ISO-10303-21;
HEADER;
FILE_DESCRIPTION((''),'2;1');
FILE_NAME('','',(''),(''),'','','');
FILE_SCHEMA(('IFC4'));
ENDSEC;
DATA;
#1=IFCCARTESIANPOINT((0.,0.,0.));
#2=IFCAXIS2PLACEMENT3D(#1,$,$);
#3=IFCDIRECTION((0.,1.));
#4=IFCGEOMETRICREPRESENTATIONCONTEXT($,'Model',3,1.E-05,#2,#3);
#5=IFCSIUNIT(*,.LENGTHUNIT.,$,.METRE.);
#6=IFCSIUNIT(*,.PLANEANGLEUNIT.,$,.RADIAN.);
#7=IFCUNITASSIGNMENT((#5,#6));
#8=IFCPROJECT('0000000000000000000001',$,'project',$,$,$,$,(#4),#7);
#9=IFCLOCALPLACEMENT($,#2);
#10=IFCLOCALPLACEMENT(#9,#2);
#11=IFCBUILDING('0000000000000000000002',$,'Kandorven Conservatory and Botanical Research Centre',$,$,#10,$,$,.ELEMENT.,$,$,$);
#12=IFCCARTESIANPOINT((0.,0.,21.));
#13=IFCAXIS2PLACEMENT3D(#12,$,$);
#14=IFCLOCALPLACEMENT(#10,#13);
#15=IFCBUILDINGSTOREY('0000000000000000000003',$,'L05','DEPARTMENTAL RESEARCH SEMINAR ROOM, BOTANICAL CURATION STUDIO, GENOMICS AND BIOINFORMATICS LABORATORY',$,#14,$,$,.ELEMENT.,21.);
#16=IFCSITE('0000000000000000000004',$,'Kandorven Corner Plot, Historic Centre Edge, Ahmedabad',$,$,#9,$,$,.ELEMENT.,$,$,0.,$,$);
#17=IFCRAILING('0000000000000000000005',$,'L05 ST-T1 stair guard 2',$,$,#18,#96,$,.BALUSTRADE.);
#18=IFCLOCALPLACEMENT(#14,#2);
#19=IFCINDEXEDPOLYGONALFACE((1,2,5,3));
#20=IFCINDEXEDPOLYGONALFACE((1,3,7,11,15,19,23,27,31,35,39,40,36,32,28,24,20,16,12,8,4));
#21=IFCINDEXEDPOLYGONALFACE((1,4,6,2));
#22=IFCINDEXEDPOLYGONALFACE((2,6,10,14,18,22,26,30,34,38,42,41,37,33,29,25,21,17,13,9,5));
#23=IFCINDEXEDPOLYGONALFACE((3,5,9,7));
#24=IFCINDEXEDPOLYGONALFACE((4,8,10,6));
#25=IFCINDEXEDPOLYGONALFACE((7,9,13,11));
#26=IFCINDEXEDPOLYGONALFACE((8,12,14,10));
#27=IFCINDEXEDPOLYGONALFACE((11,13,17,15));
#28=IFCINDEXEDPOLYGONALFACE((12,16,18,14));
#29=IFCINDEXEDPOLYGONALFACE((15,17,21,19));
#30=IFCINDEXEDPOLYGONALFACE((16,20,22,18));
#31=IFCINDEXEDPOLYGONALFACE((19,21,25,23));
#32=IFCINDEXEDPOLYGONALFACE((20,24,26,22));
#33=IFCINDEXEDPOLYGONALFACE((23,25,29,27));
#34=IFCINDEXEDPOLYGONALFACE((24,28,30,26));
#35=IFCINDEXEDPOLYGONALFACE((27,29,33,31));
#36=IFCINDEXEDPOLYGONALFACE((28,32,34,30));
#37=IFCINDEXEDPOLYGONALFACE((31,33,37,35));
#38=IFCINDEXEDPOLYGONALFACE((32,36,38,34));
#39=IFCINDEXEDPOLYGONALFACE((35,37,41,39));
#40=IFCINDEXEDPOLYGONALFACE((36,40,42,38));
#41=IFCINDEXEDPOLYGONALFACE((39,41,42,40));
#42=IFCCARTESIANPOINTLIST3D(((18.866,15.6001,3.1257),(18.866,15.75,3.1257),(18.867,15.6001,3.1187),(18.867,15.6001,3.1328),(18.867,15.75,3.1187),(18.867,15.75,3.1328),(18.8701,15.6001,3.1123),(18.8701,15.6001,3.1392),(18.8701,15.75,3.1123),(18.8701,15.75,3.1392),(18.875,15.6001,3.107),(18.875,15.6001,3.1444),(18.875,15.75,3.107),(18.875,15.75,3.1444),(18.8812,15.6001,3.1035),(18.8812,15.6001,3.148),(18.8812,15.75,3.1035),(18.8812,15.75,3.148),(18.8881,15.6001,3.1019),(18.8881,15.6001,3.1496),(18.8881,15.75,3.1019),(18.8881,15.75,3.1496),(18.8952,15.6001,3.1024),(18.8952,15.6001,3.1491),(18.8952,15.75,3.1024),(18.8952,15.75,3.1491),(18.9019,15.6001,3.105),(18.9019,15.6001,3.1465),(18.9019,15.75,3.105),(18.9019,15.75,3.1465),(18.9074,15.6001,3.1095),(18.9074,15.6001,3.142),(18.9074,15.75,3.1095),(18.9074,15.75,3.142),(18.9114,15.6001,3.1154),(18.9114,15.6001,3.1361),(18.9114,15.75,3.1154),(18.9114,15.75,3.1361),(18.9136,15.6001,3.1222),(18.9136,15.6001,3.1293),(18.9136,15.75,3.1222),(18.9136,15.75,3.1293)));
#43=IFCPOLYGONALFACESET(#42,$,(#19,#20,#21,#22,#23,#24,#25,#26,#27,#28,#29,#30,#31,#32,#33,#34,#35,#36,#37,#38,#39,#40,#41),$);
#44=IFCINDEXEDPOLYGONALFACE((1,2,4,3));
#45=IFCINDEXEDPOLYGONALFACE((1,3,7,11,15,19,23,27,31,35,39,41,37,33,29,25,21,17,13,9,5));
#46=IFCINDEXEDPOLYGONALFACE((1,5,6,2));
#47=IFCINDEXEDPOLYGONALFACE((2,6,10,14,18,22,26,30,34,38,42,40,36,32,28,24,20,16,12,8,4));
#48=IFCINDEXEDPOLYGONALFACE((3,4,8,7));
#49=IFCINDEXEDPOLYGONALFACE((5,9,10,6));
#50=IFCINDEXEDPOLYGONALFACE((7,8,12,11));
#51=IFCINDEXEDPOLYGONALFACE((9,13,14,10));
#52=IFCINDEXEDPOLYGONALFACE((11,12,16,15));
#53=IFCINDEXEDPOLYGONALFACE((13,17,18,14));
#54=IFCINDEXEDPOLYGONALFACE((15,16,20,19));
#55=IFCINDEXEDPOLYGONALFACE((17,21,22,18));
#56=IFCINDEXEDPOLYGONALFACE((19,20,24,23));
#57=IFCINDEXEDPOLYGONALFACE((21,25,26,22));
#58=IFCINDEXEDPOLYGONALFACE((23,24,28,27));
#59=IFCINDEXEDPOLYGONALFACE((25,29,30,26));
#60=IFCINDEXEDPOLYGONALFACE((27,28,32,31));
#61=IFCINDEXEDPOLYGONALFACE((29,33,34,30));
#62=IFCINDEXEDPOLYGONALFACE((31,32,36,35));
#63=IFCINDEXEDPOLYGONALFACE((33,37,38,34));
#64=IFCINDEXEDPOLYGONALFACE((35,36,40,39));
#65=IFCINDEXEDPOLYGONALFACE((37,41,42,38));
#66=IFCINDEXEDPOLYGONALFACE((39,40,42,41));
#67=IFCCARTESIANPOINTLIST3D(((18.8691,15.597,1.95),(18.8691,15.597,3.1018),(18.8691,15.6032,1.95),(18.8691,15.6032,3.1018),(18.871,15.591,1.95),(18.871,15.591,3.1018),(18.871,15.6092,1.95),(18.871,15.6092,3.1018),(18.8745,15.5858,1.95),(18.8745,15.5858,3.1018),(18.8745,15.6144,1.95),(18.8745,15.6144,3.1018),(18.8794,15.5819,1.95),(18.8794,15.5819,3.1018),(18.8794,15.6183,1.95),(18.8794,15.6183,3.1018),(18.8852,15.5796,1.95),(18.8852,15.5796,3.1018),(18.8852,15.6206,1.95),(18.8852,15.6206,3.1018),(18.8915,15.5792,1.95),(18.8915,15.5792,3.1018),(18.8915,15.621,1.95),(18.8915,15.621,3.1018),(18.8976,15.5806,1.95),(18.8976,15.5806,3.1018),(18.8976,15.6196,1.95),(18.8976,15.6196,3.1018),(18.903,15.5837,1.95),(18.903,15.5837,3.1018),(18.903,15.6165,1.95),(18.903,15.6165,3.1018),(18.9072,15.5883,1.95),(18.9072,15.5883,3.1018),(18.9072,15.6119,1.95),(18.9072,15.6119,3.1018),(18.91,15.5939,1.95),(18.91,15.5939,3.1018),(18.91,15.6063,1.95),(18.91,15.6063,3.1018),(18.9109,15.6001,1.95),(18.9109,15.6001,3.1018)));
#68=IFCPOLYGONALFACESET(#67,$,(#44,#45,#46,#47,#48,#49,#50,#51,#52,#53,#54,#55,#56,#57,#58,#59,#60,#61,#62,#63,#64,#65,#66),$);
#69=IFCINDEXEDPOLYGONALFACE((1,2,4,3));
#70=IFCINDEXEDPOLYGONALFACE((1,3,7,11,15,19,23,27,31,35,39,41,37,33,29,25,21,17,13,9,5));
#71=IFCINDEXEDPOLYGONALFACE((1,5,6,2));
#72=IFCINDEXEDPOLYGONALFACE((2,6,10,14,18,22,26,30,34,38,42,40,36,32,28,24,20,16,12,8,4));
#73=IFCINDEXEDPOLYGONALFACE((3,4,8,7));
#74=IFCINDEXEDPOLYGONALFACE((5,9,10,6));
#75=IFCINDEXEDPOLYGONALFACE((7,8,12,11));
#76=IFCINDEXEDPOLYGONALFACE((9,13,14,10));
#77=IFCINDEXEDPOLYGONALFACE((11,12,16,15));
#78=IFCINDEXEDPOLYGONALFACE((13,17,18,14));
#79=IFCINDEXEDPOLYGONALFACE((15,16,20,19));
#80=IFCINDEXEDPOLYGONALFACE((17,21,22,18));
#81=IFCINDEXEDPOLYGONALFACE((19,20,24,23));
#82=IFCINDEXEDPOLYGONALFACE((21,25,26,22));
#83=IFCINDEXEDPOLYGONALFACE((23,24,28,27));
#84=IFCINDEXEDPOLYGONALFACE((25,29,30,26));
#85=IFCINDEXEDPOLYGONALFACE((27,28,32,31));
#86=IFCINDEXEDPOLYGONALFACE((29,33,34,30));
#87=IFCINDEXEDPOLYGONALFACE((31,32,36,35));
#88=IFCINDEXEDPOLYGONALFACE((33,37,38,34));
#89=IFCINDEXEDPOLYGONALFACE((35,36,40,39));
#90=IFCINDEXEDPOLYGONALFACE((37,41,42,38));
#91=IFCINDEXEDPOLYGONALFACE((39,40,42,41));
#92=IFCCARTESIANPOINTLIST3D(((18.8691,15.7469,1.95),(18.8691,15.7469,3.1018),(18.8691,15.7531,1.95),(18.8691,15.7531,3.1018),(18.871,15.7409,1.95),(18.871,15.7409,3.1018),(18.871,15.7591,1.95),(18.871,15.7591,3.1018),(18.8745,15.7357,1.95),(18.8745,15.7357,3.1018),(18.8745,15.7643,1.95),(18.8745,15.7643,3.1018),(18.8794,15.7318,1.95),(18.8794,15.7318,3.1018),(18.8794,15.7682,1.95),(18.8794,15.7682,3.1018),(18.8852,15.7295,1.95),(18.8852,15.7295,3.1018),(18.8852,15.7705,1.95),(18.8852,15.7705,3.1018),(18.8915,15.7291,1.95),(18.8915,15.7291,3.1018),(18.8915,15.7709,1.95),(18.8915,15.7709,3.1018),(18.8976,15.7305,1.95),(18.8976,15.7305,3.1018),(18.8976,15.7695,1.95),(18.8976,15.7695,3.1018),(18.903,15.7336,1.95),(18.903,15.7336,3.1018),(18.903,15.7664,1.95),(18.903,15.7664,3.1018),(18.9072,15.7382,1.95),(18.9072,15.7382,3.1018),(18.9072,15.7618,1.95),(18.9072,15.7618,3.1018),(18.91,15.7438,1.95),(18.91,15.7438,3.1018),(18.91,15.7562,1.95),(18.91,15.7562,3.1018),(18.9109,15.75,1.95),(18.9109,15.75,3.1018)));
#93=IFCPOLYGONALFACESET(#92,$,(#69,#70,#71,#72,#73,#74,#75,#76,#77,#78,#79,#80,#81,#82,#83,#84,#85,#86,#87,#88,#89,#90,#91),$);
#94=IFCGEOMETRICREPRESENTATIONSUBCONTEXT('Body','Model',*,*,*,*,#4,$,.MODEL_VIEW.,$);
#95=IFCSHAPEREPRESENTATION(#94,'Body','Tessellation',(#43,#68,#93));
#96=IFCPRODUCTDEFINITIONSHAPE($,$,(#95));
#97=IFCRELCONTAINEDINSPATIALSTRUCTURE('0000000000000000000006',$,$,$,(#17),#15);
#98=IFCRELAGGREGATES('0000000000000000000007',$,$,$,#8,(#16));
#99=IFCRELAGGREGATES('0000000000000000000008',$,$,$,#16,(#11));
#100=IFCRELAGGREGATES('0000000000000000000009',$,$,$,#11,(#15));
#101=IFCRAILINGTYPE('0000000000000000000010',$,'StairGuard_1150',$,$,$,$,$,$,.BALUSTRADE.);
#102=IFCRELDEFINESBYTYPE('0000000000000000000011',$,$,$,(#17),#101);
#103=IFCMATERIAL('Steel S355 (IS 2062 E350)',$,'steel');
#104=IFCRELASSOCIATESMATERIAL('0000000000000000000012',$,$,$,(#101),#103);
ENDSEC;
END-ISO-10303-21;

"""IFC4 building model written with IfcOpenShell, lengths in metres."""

from ifc_helpers import new_model, si_unit, direction, frame, origin, origin_2d, place, context, subcontext, project, spatial, circle, extrude, material, type_object, element, save


model = new_model("IFC4")

# Units and contexts
model_context = context("Model", 3, precision=1e-05, world=origin(), true_north=direction((0.0, 1.0)))
body_context = subcontext(model_context, "Body", "Model", "MODEL_VIEW")
ifc_project = project(units=[si_unit("LENGTHUNIT", "METRE"), si_unit("PLANEANGLEUNIT", "RADIAN")], contexts=[model_context])

# Site, building, storey
site_placement = place(None, origin())
site = spatial("IfcSite", under=ifc_project, at=site_placement, Name="Kandorven Corner Plot, Historic Centre Edge, Ahmedabad", CompositionType="ELEMENT", RefElevation=0.0)
building_placement = place(site_placement, origin())
building = spatial("IfcBuilding", under=site, at=building_placement, Name="Kandorven Conservatory and Botanical Research Centre", CompositionType="ELEMENT")
storey_placement = place(building_placement, frame((0.0, 0.0, 21.0)))
storey = spatial("IfcBuildingStorey", under=building, at=storey_placement, Name="L05", Description="DEPARTMENTAL RESEARCH SEMINAR ROOM, BOTANICAL CURATION STUDIO, GENOMICS AND BIOINFORMATICS LABORATORY", CompositionType="ELEMENT", Elevation=21.0)

# Railing
ifc_material_1 = material(Name="Steel S355 (IS 2062 E350)", Category="steel")
railing_type_1 = type_object("IfcRailingType", Name="StairGuard_1150", PredefinedType="BALUSTRADE", material=ifc_material_1)
railing_1_placement = place(storey_placement, frame((18.8899, 15.6001, 1.95)))
element("IfcRailing", 1, at=railing_1_placement, inside=storey, type_object=railing_type_1, Name="L05 ST-T1 stair guard 2", PredefinedType="BALUSTRADE", context=body_context, shape_type="SweptSolid", body=[
    extrude(circle(Radius=0.0239, at=origin_2d()), frame((0.0, 0.0, 1.1758), z_axis=(0.0, 1.0, 0.0), x_axis=(-1.0, 0.0, 0.0)), (0.0, 0.0, 1.0), 0.1499),
    extrude(circle(Radius=0.021, at=origin_2d()), origin(), (0.0, 0.0, 1.0), 1.1519),
    extrude(circle(Radius=0.021, at=origin_2d()), frame((0.0, 0.1499, 0.0)), (0.0, 0.0, 1.0), 1.1519),
])

save(model, "model.ifc")
